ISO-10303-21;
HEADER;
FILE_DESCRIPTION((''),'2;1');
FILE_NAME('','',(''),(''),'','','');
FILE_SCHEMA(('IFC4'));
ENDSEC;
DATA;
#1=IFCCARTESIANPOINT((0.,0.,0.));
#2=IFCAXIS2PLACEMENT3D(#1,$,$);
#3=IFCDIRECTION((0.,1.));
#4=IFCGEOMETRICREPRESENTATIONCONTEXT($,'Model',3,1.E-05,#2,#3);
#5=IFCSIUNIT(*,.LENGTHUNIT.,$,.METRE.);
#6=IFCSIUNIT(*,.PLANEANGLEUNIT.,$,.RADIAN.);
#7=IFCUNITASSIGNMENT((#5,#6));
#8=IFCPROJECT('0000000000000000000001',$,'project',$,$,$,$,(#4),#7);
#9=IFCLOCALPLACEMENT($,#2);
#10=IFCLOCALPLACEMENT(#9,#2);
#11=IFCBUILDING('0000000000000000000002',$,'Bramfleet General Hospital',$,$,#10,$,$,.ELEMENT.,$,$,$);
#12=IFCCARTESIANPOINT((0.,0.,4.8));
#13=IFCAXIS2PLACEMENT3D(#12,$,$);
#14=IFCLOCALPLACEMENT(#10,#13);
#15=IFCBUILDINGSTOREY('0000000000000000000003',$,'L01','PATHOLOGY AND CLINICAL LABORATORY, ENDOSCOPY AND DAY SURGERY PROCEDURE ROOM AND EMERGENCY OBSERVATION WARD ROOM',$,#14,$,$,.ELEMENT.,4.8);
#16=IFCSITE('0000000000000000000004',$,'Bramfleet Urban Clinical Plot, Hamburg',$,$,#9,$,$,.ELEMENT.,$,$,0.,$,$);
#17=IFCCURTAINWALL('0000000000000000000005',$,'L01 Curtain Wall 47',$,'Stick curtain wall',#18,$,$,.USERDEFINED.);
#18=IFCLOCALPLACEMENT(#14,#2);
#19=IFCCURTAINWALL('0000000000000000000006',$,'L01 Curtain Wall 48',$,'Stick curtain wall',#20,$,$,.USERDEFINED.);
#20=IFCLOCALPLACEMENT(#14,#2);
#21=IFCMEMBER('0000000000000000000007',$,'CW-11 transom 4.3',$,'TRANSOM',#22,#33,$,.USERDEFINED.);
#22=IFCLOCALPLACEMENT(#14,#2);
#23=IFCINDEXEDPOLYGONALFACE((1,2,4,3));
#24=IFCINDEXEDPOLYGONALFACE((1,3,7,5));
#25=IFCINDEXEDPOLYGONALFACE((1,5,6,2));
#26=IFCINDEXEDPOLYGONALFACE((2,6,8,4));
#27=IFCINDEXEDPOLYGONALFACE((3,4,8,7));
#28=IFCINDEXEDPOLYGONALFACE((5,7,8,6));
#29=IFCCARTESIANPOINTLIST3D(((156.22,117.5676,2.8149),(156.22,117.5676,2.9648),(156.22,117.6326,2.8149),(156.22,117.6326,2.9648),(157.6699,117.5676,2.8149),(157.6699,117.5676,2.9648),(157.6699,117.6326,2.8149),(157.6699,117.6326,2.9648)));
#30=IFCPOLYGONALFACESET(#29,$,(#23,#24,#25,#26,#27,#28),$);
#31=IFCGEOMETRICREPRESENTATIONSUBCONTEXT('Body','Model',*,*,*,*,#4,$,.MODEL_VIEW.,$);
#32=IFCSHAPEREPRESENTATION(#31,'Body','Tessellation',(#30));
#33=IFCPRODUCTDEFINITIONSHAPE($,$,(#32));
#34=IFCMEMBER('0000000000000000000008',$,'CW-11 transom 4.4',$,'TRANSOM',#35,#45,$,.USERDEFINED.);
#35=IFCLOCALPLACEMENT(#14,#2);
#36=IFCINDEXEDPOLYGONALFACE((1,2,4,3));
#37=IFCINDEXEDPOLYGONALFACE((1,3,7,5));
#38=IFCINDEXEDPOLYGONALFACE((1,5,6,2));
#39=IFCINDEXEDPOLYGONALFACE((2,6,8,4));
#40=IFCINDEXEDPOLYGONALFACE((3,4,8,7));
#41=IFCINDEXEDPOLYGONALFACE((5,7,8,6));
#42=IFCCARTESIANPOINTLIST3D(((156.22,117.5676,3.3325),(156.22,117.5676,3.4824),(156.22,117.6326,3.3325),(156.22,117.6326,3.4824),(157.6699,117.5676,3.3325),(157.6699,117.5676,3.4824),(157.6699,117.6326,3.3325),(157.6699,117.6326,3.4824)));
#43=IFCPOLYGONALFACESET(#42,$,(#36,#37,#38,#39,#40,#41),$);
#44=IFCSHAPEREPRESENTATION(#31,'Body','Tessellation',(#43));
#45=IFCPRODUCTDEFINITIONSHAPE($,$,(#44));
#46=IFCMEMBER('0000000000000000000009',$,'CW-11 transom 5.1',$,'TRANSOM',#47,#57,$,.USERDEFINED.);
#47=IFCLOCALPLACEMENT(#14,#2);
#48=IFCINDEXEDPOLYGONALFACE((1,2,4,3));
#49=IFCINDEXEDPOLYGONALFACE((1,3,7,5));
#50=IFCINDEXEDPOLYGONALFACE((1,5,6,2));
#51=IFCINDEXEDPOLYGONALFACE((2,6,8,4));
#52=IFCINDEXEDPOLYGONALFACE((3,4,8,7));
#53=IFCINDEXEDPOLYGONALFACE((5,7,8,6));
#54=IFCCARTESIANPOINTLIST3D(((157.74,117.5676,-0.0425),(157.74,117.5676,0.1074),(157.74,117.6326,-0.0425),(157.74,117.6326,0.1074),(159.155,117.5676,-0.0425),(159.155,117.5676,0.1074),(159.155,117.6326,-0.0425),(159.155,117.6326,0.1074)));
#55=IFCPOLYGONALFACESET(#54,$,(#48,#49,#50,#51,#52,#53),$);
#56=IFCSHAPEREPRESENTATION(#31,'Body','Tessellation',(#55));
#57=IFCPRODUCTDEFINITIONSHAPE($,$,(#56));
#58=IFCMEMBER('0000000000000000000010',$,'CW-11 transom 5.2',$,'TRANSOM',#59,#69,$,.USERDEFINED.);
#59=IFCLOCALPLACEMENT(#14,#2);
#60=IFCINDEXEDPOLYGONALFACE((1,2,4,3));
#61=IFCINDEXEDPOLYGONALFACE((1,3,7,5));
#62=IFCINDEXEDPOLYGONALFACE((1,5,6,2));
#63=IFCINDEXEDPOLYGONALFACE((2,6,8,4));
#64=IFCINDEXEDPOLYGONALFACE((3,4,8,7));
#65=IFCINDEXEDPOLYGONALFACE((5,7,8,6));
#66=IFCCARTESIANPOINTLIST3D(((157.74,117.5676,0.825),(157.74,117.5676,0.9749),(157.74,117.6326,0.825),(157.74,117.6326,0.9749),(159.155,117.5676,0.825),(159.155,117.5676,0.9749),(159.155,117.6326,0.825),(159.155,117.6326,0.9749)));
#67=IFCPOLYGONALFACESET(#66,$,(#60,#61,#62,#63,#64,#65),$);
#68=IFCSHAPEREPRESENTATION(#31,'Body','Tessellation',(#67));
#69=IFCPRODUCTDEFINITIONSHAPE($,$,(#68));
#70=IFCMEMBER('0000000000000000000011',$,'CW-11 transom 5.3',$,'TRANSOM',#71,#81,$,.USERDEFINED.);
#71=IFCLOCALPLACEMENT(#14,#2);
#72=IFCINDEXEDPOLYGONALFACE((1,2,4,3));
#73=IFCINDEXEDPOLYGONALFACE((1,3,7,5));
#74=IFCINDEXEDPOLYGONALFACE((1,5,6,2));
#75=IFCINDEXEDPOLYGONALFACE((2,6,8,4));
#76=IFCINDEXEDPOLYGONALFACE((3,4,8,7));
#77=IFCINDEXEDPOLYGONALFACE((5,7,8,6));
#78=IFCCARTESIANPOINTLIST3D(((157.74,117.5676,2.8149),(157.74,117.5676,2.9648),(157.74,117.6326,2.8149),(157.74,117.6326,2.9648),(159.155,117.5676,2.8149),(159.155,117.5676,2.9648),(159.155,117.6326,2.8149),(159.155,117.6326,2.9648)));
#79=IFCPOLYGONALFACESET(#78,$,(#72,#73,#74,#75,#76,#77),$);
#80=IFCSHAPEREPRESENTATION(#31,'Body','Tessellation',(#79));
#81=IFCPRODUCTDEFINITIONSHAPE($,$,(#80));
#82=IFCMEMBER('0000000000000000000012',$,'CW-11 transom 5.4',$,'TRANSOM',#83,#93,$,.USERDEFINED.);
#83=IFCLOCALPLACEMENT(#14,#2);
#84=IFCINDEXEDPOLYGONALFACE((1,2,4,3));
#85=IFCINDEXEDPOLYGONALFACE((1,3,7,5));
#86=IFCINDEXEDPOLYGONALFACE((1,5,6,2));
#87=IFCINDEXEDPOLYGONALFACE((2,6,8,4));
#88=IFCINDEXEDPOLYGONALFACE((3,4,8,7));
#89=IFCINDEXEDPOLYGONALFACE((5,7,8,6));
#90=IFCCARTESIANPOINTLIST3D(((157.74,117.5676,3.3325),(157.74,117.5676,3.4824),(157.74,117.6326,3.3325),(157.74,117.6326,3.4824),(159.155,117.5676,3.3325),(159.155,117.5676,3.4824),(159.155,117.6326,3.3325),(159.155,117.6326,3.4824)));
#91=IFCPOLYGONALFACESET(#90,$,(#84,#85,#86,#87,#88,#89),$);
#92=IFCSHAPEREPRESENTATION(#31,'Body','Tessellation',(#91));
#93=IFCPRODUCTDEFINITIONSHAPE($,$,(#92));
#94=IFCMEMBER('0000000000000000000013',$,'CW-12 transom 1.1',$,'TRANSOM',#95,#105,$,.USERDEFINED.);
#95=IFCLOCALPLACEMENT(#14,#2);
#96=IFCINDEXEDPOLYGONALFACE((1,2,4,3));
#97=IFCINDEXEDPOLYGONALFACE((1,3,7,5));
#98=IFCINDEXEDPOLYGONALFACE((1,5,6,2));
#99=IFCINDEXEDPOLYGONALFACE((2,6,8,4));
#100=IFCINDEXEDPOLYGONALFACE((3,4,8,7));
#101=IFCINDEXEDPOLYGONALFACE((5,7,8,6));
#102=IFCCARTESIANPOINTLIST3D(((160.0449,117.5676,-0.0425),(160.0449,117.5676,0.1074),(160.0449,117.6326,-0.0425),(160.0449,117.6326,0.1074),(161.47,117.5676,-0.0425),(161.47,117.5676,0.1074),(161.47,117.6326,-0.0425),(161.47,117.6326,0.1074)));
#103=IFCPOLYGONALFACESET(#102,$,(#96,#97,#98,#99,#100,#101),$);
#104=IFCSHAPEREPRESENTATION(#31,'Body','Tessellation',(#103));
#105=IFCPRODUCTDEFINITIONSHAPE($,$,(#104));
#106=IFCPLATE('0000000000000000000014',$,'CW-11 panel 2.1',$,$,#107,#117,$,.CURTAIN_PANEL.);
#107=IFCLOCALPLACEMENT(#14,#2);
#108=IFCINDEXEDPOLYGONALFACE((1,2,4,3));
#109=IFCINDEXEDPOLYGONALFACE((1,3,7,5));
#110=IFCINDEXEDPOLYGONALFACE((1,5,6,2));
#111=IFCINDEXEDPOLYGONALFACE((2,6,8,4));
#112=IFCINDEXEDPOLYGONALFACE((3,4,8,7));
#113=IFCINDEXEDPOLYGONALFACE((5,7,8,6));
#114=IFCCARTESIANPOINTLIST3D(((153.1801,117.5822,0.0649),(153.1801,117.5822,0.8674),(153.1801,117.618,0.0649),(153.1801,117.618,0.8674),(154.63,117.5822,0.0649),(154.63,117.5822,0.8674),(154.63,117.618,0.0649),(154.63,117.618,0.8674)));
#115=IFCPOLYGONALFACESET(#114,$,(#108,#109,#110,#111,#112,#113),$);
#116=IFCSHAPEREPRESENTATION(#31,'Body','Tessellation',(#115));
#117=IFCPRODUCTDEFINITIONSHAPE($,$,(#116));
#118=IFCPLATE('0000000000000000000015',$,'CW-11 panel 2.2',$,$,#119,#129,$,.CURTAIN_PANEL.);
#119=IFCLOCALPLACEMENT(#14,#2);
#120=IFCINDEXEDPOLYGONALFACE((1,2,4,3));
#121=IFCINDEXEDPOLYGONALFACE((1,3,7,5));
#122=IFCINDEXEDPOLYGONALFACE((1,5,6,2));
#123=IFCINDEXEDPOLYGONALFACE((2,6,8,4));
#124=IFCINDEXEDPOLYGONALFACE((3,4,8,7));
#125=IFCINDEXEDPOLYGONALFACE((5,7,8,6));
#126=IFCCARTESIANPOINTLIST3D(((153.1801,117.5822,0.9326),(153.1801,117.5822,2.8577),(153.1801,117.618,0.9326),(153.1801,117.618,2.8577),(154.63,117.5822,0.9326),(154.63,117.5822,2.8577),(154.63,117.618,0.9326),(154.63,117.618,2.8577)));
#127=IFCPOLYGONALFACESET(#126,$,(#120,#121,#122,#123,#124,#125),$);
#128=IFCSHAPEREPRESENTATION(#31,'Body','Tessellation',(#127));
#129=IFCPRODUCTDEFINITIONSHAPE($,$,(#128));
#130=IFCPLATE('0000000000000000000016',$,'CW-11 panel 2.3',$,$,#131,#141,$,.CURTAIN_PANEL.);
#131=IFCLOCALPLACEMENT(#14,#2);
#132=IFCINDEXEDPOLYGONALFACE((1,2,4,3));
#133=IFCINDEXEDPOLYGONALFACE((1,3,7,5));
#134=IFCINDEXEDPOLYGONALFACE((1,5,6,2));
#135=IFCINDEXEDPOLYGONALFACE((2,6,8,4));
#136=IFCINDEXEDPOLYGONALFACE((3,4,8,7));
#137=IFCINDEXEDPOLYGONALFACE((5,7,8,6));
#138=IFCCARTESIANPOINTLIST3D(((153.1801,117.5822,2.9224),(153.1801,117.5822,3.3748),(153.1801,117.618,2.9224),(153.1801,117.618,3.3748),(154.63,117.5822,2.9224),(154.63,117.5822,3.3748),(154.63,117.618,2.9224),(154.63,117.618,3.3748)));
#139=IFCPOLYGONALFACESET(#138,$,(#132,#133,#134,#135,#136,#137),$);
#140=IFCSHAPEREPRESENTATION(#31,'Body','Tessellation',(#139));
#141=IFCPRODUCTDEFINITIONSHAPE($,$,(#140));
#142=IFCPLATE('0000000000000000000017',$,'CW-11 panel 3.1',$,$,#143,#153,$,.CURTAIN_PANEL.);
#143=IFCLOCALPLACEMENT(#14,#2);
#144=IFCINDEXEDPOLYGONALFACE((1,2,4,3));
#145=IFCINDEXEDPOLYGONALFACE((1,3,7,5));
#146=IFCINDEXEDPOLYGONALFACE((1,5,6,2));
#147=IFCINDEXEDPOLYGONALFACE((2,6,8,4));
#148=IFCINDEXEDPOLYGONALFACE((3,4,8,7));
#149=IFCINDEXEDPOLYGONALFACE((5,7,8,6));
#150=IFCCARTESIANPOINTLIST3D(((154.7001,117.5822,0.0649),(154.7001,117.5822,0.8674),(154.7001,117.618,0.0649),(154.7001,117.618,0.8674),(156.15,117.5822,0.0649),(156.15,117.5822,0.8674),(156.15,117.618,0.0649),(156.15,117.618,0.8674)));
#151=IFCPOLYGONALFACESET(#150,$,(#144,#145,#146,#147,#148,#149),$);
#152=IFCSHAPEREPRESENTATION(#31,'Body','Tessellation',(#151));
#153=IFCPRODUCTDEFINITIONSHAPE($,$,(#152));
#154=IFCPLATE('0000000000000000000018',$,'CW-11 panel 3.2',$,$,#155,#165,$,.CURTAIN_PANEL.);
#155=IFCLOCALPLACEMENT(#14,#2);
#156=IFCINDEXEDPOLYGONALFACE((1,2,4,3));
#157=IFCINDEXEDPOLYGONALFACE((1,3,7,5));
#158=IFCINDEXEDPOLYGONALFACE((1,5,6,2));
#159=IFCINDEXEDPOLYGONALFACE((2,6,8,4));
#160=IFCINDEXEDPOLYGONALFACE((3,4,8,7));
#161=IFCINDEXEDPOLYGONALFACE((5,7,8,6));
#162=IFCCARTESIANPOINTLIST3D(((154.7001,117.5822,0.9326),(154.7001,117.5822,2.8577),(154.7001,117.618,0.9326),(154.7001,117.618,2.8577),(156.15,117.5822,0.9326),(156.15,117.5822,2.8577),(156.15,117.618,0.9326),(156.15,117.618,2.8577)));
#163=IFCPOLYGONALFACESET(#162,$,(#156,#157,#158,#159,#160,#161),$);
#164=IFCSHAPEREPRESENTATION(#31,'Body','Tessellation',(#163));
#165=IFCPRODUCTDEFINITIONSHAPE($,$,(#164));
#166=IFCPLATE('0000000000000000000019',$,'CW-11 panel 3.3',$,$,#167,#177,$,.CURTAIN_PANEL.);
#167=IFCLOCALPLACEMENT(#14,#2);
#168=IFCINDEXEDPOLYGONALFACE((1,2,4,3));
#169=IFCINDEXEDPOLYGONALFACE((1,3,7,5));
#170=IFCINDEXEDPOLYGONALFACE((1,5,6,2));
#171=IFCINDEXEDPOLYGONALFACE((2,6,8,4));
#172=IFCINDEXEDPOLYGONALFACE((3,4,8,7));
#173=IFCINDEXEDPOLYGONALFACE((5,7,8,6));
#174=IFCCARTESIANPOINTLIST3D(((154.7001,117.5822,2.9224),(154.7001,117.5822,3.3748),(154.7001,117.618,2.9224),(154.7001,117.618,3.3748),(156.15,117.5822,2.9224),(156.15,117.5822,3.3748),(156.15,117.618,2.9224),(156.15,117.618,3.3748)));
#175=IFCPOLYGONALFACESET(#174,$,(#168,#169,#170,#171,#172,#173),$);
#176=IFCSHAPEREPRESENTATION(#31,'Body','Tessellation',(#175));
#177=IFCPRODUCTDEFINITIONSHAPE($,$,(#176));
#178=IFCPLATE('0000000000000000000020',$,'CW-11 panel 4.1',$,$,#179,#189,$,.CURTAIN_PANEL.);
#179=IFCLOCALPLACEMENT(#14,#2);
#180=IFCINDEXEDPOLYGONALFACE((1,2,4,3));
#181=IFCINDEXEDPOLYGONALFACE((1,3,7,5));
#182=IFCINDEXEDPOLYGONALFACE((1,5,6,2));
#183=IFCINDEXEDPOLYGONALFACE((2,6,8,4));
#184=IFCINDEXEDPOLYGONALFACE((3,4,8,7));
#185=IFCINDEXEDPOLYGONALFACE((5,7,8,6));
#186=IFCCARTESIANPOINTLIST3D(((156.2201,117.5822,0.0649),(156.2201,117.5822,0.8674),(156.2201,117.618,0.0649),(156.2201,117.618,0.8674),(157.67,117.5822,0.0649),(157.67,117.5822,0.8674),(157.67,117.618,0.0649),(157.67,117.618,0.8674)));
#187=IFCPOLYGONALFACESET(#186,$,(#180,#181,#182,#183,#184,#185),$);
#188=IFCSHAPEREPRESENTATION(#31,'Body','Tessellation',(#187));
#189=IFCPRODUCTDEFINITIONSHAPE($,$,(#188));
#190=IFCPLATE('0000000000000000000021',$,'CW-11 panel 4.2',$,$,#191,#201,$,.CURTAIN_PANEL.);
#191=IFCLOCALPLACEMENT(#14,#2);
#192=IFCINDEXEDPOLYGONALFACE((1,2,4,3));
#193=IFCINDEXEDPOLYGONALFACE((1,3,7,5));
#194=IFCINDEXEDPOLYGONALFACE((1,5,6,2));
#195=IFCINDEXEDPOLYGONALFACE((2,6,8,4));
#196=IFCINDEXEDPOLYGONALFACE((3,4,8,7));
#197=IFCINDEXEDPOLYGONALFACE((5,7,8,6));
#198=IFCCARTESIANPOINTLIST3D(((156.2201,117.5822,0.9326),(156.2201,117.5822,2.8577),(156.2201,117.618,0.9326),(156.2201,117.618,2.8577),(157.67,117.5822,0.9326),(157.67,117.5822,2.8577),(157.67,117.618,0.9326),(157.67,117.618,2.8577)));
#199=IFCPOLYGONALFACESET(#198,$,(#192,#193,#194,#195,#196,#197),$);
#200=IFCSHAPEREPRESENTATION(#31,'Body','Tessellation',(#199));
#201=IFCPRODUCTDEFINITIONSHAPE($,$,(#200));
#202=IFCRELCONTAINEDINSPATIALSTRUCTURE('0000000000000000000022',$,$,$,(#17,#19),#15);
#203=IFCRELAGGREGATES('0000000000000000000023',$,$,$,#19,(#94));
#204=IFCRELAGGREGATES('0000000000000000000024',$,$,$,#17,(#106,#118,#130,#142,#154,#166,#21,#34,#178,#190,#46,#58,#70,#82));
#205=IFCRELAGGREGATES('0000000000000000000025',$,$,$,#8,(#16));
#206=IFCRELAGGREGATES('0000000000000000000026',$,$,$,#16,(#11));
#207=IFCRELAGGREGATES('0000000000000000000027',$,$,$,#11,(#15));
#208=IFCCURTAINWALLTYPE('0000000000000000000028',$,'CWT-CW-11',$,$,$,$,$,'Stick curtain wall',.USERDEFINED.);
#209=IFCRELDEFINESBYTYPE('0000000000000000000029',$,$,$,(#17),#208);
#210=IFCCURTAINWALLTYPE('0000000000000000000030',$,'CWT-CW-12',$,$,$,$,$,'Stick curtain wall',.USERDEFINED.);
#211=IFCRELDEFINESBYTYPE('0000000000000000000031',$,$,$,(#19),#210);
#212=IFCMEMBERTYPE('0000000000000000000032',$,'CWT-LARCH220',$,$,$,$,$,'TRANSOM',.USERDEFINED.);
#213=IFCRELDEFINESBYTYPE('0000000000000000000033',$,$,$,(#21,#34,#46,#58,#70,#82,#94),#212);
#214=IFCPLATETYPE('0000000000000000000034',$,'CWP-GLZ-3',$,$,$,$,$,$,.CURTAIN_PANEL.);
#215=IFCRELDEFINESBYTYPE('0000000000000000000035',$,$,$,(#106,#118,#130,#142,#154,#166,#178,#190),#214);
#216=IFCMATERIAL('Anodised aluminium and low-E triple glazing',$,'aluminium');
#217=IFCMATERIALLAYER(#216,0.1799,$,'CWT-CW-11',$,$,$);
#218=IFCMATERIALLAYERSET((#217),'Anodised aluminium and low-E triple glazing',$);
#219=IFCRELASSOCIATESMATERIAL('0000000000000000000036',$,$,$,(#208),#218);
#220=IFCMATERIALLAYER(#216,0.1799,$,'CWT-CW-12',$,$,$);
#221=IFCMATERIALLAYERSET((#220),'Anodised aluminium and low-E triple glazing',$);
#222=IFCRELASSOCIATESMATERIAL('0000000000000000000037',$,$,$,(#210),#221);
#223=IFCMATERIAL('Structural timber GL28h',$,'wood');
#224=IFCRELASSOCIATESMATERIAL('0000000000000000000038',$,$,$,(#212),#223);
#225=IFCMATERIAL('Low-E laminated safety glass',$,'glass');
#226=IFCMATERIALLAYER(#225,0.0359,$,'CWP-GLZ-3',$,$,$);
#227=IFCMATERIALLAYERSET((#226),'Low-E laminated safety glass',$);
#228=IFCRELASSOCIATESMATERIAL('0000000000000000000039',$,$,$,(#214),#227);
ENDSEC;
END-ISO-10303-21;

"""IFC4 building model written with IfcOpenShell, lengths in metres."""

from ifc_helpers import new_model, si_unit, direction, frame, origin, origin_2d, place, context, subcontext, project, spatial, rectangle, extrude, material, layer, layer_set, material_profile, profile_set, type_object, element, aggregate, save


model = new_model("IFC4")

# Units and contexts
model_context = context("Model", 3, precision=1e-05, world=origin(), true_north=direction((0.0, 1.0)))
body_context = subcontext(model_context, "Body", "Model", "MODEL_VIEW")
ifc_project = project(units=[si_unit("LENGTHUNIT", "METRE"), si_unit("PLANEANGLEUNIT", "RADIAN")], contexts=[model_context])

# Site, building, storey
site_placement = place(None, origin())
site = spatial("IfcSite", under=ifc_project, at=site_placement, Name="Bramfleet Urban Clinical Plot, Hamburg", CompositionType="ELEMENT", RefElevation=0.0)
building_placement = place(site_placement, origin())
building = spatial("IfcBuilding", under=site, at=building_placement, Name="Bramfleet General Hospital", CompositionType="ELEMENT")
storey_placement = place(building_placement, frame((0.0, 0.0, 4.8)))
storey = spatial("IfcBuildingStorey", under=building, at=storey_placement, Name="L01", Description="PATHOLOGY AND CLINICAL LABORATORY, ENDOSCOPY AND DAY SURGERY PROCEDURE ROOM AND EMERGENCY OBSERVATION WARD ROOM", CompositionType="ELEMENT", Elevation=4.8)

# Curtain wall
ifc_material_1 = material(Name="Anodised aluminium and low-E triple glazing", Category="aluminium")
ifc_layer_1 = layer(ifc_material_1, 0.1799, Name="CWT-CW-11")
ifc_layer_set_1 = layer_set([ifc_layer_1], Name="Anodised aluminium and low-E triple glazing")
curtain_wall_type_1 = type_object("IfcCurtainWallType", Name="CWT-CW-11", ElementType="Stick curtain wall", PredefinedType="USERDEFINED", material=ifc_layer_set_1)
curtain_wall_1_placement = place(storey_placement, origin())
curtain_wall_1 = element("IfcCurtainWall", 1, at=curtain_wall_1_placement, inside=storey, type_object=curtain_wall_type_1, Name="L01 Curtain Wall 47", ObjectType="Stick curtain wall", PredefinedType="USERDEFINED")
ifc_material_2 = material(Name="Structural timber GL28h", Category="wood")

# Curtain wall
ifc_layer_2 = layer(ifc_material_1, 0.1799, Name="CWT-CW-12")
ifc_layer_set_2 = layer_set([ifc_layer_2], Name="Anodised aluminium and low-E triple glazing")
curtain_wall_type_2 = type_object("IfcCurtainWallType", Name="CWT-CW-12", ElementType="Stick curtain wall", PredefinedType="USERDEFINED", material=ifc_layer_set_2)
curtain_wall_2_placement = place(storey_placement, origin())
curtain_wall_2 = element("IfcCurtainWall", 2, at=curtain_wall_2_placement, inside=storey, type_object=curtain_wall_type_2, Name="L01 Curtain Wall 48", ObjectType="Stick curtain wall", PredefinedType="USERDEFINED")

# Members
ifc_material_profile_1 = material_profile(ifc_material_2, rectangle(XDim=0.0649, YDim=0.1499, at=origin_2d()), Name="LARCH 150x65")
ifc_profile_set_1 = profile_set([ifc_material_profile_1], Name="Structural timber GL28h")
member_type_1 = type_object("IfcMemberType", Name="CWT-LARCH220", ElementType="TRANSOM", PredefinedType="USERDEFINED", material=ifc_profile_set_1)
member_1_placement = place(storey_placement, frame((156.22, 117.6001, 2.8899), z_axis=(1.0, 0.0, 0.0), x_axis=(0.0, 1.0, 0.0)))
member_1 = element("IfcMember", 3, at=member_1_placement, type_object=member_type_1, Name="CW-11 transom 4.3", ObjectType="TRANSOM", PredefinedType="USERDEFINED", context=body_context, shape_type="SweptSolid", body=[
    extrude(rectangle(XDim=0.0649, YDim=0.1499, at=origin_2d()), origin(), (0.0, 0.0, 1.0), 1.45),
])
member_2_placement = place(storey_placement, frame((156.22, 117.6001, 3.4075), z_axis=(1.0, 0.0, 0.0), x_axis=(0.0, 1.0, 0.0)))
member_2 = element("IfcMember", 4, at=member_2_placement, type_object=member_type_1, Name="CW-11 transom 4.4", ObjectType="TRANSOM", PredefinedType="USERDEFINED", context=body_context, shape_type="SweptSolid", body=[
    extrude(rectangle(XDim=0.0649, YDim=0.1499, at=origin_2d()), origin(), (0.0, 0.0, 1.0), 1.45),
])
member_3_placement = place(storey_placement, frame((157.74, 117.6001, 0.0325), z_axis=(1.0, 0.0, 0.0), x_axis=(0.0, 1.0, 0.0)))
member_3 = element("IfcMember", 5, at=member_3_placement, type_object=member_type_1, Name="CW-11 transom 5.1", ObjectType="TRANSOM", PredefinedType="USERDEFINED", context=body_context, shape_type="SweptSolid", body=[
    extrude(rectangle(XDim=0.0649, YDim=0.1499, at=origin_2d()), origin(), (0.0, 0.0, 1.0), 1.415),
])
member_4_placement = place(storey_placement, frame((157.74, 117.6001, 0.8999), z_axis=(1.0, 0.0, 0.0), x_axis=(0.0, 1.0, 0.0)))
member_4 = element("IfcMember", 6, at=member_4_placement, type_object=member_type_1, Name="CW-11 transom 5.2", ObjectType="TRANSOM", PredefinedType="USERDEFINED", context=body_context, shape_type="SweptSolid", body=[
    extrude(rectangle(XDim=0.0649, YDim=0.1499, at=origin_2d()), origin(), (0.0, 0.0, 1.0), 1.415),
])
member_5_placement = place(storey_placement, frame((157.74, 117.6001, 2.8899), z_axis=(1.0, 0.0, 0.0), x_axis=(0.0, 1.0, 0.0)))
member_5 = element("IfcMember", 7, at=member_5_placement, type_object=member_type_1, Name="CW-11 transom 5.3", ObjectType="TRANSOM", PredefinedType="USERDEFINED", context=body_context, shape_type="SweptSolid", body=[
    extrude(rectangle(XDim=0.0649, YDim=0.1499, at=origin_2d()), origin(), (0.0, 0.0, 1.0), 1.415),
])
member_6_placement = place(storey_placement, frame((157.74, 117.6001, 3.4075), z_axis=(1.0, 0.0, 0.0), x_axis=(0.0, 1.0, 0.0)))
member_6 = element("IfcMember", 8, at=member_6_placement, type_object=member_type_1, Name="CW-11 transom 5.4", ObjectType="TRANSOM", PredefinedType="USERDEFINED", context=body_context, shape_type="SweptSolid", body=[
    extrude(rectangle(XDim=0.0649, YDim=0.1499, at=origin_2d()), origin(), (0.0, 0.0, 1.0), 1.415),
])
member_7_placement = place(storey_placement, frame((160.0449, 117.6001, 0.0325), z_axis=(1.0, 0.0, 0.0), x_axis=(0.0, 1.0, 0.0)))
member_7 = element("IfcMember", 9, at=member_7_placement, type_object=member_type_1, Name="CW-12 transom 1.1", ObjectType="TRANSOM", PredefinedType="USERDEFINED", context=body_context, shape_type="SweptSolid", body=[
    extrude(rectangle(XDim=0.0649, YDim=0.1499, at=origin_2d()), origin(), (0.0, 0.0, 1.0), 1.425),
])
aggregate(curtain_wall_2, [member_7])

# Plates
ifc_material_3 = material(Name="Low-E laminated safety glass", Category="glass")
ifc_layer_3 = layer(ifc_material_3, 0.0359, Name="CWP-GLZ-3")
ifc_layer_set_3 = layer_set([ifc_layer_3], Name="Low-E laminated safety glass")
plate_type = type_object("IfcPlateType", Name="CWP-GLZ-3", PredefinedType="CURTAIN_PANEL", material=ifc_layer_set_3)
plate_1_placement = place(storey_placement, frame((153.905, 117.6001, 0.0649), z_axis=(0.0, 0.0, 1.0), x_axis=(1.0, 0.0, 0.0)))
plate_1 = element("IfcPlate", 10, at=plate_1_placement, type_object=plate_type, Name="CW-11 panel 2.1", PredefinedType="CURTAIN_PANEL", context=body_context, shape_type="SweptSolid", body=[
    extrude(rectangle(XDim=1.45, YDim=0.0359, at=origin_2d()), origin(), (0.0, 0.0, 1.0), 0.8025),
])
plate_2_placement = place(storey_placement, frame((153.905, 117.6001, 0.9326), z_axis=(0.0, 0.0, 1.0), x_axis=(1.0, 0.0, 0.0)))
plate_2 = element("IfcPlate", 11, at=plate_2_placement, type_object=plate_type, Name="CW-11 panel 2.2", PredefinedType="CURTAIN_PANEL", context=body_context, shape_type="SweptSolid", body=[
    extrude(rectangle(XDim=1.45, YDim=0.0359, at=origin_2d()), origin(), (0.0, 0.0, 1.0), 1.925),
])
plate_3_placement = place(storey_placement, frame((153.905, 117.6001, 2.9224), z_axis=(0.0, 0.0, 1.0), x_axis=(1.0, 0.0, 0.0)))
plate_3 = element("IfcPlate", 12, at=plate_3_placement, type_object=plate_type, Name="CW-11 panel 2.3", PredefinedType="CURTAIN_PANEL", context=body_context, shape_type="SweptSolid", body=[
    extrude(rectangle(XDim=1.45, YDim=0.0359, at=origin_2d()), origin(), (0.0, 0.0, 1.0), 0.4524),
])
plate_4_placement = place(storey_placement, frame((155.425, 117.6001, 0.0649), z_axis=(0.0, 0.0, 1.0), x_axis=(1.0, 0.0, 0.0)))
plate_4 = element("IfcPlate", 13, at=plate_4_placement, type_object=plate_type, Name="CW-11 panel 3.1", PredefinedType="CURTAIN_PANEL", context=body_context, shape_type="SweptSolid", body=[
    extrude(rectangle(XDim=1.45, YDim=0.0359, at=origin_2d()), origin(), (0.0, 0.0, 1.0), 0.8025),
])
plate_5_placement = place(storey_placement, frame((155.425, 117.6001, 0.9326), z_axis=(0.0, 0.0, 1.0), x_axis=(1.0, 0.0, 0.0)))
plate_5 = element("IfcPlate", 14, at=plate_5_placement, type_object=plate_type, Name="CW-11 panel 3.2", PredefinedType="CURTAIN_PANEL", context=body_context, shape_type="SweptSolid", body=[
    extrude(rectangle(XDim=1.45, YDim=0.0359, at=origin_2d()), origin(), (0.0, 0.0, 1.0), 1.925),
])
plate_6_placement = place(storey_placement, frame((155.425, 117.6001, 2.9224), z_axis=(0.0, 0.0, 1.0), x_axis=(1.0, 0.0, 0.0)))
plate_6 = element("IfcPlate", 15, at=plate_6_placement, type_object=plate_type, Name="CW-11 panel 3.3", PredefinedType="CURTAIN_PANEL", context=body_context, shape_type="SweptSolid", body=[
    extrude(rectangle(XDim=1.45, YDim=0.0359, at=origin_2d()), origin(), (0.0, 0.0, 1.0), 0.4524),
])
plate_7_placement = place(storey_placement, frame((156.9451, 117.6001, 0.0649), z_axis=(0.0, 0.0, 1.0), x_axis=(1.0, 0.0, 0.0)))
plate_7 = element("IfcPlate", 16, at=plate_7_placement, type_object=plate_type, Name="CW-11 panel 4.1", PredefinedType="CURTAIN_PANEL", context=body_context, shape_type="SweptSolid", body=[
    extrude(rectangle(XDim=1.45, YDim=0.0359, at=origin_2d()), origin(), (0.0, 0.0, 1.0), 0.8025),
])
plate_8_placement = place(storey_placement, frame((156.9451, 117.6001, 0.9326), z_axis=(0.0, 0.0, 1.0), x_axis=(1.0, 0.0, 0.0)))
plate_8 = element("IfcPlate", 17, at=plate_8_placement, type_object=plate_type, Name="CW-11 panel 4.2", PredefinedType="CURTAIN_PANEL", context=body_context, shape_type="SweptSolid", body=[
    extrude(rectangle(XDim=1.45, YDim=0.0359, at=origin_2d()), origin(), (0.0, 0.0, 1.0), 1.925),
])
aggregate(curtain_wall_1, [plate_1, plate_2, plate_3, plate_4, plate_5, plate_6, member_1, member_2, plate_7, plate_8, member_3, member_4, member_5, member_6])

save(model, "model.ifc")
